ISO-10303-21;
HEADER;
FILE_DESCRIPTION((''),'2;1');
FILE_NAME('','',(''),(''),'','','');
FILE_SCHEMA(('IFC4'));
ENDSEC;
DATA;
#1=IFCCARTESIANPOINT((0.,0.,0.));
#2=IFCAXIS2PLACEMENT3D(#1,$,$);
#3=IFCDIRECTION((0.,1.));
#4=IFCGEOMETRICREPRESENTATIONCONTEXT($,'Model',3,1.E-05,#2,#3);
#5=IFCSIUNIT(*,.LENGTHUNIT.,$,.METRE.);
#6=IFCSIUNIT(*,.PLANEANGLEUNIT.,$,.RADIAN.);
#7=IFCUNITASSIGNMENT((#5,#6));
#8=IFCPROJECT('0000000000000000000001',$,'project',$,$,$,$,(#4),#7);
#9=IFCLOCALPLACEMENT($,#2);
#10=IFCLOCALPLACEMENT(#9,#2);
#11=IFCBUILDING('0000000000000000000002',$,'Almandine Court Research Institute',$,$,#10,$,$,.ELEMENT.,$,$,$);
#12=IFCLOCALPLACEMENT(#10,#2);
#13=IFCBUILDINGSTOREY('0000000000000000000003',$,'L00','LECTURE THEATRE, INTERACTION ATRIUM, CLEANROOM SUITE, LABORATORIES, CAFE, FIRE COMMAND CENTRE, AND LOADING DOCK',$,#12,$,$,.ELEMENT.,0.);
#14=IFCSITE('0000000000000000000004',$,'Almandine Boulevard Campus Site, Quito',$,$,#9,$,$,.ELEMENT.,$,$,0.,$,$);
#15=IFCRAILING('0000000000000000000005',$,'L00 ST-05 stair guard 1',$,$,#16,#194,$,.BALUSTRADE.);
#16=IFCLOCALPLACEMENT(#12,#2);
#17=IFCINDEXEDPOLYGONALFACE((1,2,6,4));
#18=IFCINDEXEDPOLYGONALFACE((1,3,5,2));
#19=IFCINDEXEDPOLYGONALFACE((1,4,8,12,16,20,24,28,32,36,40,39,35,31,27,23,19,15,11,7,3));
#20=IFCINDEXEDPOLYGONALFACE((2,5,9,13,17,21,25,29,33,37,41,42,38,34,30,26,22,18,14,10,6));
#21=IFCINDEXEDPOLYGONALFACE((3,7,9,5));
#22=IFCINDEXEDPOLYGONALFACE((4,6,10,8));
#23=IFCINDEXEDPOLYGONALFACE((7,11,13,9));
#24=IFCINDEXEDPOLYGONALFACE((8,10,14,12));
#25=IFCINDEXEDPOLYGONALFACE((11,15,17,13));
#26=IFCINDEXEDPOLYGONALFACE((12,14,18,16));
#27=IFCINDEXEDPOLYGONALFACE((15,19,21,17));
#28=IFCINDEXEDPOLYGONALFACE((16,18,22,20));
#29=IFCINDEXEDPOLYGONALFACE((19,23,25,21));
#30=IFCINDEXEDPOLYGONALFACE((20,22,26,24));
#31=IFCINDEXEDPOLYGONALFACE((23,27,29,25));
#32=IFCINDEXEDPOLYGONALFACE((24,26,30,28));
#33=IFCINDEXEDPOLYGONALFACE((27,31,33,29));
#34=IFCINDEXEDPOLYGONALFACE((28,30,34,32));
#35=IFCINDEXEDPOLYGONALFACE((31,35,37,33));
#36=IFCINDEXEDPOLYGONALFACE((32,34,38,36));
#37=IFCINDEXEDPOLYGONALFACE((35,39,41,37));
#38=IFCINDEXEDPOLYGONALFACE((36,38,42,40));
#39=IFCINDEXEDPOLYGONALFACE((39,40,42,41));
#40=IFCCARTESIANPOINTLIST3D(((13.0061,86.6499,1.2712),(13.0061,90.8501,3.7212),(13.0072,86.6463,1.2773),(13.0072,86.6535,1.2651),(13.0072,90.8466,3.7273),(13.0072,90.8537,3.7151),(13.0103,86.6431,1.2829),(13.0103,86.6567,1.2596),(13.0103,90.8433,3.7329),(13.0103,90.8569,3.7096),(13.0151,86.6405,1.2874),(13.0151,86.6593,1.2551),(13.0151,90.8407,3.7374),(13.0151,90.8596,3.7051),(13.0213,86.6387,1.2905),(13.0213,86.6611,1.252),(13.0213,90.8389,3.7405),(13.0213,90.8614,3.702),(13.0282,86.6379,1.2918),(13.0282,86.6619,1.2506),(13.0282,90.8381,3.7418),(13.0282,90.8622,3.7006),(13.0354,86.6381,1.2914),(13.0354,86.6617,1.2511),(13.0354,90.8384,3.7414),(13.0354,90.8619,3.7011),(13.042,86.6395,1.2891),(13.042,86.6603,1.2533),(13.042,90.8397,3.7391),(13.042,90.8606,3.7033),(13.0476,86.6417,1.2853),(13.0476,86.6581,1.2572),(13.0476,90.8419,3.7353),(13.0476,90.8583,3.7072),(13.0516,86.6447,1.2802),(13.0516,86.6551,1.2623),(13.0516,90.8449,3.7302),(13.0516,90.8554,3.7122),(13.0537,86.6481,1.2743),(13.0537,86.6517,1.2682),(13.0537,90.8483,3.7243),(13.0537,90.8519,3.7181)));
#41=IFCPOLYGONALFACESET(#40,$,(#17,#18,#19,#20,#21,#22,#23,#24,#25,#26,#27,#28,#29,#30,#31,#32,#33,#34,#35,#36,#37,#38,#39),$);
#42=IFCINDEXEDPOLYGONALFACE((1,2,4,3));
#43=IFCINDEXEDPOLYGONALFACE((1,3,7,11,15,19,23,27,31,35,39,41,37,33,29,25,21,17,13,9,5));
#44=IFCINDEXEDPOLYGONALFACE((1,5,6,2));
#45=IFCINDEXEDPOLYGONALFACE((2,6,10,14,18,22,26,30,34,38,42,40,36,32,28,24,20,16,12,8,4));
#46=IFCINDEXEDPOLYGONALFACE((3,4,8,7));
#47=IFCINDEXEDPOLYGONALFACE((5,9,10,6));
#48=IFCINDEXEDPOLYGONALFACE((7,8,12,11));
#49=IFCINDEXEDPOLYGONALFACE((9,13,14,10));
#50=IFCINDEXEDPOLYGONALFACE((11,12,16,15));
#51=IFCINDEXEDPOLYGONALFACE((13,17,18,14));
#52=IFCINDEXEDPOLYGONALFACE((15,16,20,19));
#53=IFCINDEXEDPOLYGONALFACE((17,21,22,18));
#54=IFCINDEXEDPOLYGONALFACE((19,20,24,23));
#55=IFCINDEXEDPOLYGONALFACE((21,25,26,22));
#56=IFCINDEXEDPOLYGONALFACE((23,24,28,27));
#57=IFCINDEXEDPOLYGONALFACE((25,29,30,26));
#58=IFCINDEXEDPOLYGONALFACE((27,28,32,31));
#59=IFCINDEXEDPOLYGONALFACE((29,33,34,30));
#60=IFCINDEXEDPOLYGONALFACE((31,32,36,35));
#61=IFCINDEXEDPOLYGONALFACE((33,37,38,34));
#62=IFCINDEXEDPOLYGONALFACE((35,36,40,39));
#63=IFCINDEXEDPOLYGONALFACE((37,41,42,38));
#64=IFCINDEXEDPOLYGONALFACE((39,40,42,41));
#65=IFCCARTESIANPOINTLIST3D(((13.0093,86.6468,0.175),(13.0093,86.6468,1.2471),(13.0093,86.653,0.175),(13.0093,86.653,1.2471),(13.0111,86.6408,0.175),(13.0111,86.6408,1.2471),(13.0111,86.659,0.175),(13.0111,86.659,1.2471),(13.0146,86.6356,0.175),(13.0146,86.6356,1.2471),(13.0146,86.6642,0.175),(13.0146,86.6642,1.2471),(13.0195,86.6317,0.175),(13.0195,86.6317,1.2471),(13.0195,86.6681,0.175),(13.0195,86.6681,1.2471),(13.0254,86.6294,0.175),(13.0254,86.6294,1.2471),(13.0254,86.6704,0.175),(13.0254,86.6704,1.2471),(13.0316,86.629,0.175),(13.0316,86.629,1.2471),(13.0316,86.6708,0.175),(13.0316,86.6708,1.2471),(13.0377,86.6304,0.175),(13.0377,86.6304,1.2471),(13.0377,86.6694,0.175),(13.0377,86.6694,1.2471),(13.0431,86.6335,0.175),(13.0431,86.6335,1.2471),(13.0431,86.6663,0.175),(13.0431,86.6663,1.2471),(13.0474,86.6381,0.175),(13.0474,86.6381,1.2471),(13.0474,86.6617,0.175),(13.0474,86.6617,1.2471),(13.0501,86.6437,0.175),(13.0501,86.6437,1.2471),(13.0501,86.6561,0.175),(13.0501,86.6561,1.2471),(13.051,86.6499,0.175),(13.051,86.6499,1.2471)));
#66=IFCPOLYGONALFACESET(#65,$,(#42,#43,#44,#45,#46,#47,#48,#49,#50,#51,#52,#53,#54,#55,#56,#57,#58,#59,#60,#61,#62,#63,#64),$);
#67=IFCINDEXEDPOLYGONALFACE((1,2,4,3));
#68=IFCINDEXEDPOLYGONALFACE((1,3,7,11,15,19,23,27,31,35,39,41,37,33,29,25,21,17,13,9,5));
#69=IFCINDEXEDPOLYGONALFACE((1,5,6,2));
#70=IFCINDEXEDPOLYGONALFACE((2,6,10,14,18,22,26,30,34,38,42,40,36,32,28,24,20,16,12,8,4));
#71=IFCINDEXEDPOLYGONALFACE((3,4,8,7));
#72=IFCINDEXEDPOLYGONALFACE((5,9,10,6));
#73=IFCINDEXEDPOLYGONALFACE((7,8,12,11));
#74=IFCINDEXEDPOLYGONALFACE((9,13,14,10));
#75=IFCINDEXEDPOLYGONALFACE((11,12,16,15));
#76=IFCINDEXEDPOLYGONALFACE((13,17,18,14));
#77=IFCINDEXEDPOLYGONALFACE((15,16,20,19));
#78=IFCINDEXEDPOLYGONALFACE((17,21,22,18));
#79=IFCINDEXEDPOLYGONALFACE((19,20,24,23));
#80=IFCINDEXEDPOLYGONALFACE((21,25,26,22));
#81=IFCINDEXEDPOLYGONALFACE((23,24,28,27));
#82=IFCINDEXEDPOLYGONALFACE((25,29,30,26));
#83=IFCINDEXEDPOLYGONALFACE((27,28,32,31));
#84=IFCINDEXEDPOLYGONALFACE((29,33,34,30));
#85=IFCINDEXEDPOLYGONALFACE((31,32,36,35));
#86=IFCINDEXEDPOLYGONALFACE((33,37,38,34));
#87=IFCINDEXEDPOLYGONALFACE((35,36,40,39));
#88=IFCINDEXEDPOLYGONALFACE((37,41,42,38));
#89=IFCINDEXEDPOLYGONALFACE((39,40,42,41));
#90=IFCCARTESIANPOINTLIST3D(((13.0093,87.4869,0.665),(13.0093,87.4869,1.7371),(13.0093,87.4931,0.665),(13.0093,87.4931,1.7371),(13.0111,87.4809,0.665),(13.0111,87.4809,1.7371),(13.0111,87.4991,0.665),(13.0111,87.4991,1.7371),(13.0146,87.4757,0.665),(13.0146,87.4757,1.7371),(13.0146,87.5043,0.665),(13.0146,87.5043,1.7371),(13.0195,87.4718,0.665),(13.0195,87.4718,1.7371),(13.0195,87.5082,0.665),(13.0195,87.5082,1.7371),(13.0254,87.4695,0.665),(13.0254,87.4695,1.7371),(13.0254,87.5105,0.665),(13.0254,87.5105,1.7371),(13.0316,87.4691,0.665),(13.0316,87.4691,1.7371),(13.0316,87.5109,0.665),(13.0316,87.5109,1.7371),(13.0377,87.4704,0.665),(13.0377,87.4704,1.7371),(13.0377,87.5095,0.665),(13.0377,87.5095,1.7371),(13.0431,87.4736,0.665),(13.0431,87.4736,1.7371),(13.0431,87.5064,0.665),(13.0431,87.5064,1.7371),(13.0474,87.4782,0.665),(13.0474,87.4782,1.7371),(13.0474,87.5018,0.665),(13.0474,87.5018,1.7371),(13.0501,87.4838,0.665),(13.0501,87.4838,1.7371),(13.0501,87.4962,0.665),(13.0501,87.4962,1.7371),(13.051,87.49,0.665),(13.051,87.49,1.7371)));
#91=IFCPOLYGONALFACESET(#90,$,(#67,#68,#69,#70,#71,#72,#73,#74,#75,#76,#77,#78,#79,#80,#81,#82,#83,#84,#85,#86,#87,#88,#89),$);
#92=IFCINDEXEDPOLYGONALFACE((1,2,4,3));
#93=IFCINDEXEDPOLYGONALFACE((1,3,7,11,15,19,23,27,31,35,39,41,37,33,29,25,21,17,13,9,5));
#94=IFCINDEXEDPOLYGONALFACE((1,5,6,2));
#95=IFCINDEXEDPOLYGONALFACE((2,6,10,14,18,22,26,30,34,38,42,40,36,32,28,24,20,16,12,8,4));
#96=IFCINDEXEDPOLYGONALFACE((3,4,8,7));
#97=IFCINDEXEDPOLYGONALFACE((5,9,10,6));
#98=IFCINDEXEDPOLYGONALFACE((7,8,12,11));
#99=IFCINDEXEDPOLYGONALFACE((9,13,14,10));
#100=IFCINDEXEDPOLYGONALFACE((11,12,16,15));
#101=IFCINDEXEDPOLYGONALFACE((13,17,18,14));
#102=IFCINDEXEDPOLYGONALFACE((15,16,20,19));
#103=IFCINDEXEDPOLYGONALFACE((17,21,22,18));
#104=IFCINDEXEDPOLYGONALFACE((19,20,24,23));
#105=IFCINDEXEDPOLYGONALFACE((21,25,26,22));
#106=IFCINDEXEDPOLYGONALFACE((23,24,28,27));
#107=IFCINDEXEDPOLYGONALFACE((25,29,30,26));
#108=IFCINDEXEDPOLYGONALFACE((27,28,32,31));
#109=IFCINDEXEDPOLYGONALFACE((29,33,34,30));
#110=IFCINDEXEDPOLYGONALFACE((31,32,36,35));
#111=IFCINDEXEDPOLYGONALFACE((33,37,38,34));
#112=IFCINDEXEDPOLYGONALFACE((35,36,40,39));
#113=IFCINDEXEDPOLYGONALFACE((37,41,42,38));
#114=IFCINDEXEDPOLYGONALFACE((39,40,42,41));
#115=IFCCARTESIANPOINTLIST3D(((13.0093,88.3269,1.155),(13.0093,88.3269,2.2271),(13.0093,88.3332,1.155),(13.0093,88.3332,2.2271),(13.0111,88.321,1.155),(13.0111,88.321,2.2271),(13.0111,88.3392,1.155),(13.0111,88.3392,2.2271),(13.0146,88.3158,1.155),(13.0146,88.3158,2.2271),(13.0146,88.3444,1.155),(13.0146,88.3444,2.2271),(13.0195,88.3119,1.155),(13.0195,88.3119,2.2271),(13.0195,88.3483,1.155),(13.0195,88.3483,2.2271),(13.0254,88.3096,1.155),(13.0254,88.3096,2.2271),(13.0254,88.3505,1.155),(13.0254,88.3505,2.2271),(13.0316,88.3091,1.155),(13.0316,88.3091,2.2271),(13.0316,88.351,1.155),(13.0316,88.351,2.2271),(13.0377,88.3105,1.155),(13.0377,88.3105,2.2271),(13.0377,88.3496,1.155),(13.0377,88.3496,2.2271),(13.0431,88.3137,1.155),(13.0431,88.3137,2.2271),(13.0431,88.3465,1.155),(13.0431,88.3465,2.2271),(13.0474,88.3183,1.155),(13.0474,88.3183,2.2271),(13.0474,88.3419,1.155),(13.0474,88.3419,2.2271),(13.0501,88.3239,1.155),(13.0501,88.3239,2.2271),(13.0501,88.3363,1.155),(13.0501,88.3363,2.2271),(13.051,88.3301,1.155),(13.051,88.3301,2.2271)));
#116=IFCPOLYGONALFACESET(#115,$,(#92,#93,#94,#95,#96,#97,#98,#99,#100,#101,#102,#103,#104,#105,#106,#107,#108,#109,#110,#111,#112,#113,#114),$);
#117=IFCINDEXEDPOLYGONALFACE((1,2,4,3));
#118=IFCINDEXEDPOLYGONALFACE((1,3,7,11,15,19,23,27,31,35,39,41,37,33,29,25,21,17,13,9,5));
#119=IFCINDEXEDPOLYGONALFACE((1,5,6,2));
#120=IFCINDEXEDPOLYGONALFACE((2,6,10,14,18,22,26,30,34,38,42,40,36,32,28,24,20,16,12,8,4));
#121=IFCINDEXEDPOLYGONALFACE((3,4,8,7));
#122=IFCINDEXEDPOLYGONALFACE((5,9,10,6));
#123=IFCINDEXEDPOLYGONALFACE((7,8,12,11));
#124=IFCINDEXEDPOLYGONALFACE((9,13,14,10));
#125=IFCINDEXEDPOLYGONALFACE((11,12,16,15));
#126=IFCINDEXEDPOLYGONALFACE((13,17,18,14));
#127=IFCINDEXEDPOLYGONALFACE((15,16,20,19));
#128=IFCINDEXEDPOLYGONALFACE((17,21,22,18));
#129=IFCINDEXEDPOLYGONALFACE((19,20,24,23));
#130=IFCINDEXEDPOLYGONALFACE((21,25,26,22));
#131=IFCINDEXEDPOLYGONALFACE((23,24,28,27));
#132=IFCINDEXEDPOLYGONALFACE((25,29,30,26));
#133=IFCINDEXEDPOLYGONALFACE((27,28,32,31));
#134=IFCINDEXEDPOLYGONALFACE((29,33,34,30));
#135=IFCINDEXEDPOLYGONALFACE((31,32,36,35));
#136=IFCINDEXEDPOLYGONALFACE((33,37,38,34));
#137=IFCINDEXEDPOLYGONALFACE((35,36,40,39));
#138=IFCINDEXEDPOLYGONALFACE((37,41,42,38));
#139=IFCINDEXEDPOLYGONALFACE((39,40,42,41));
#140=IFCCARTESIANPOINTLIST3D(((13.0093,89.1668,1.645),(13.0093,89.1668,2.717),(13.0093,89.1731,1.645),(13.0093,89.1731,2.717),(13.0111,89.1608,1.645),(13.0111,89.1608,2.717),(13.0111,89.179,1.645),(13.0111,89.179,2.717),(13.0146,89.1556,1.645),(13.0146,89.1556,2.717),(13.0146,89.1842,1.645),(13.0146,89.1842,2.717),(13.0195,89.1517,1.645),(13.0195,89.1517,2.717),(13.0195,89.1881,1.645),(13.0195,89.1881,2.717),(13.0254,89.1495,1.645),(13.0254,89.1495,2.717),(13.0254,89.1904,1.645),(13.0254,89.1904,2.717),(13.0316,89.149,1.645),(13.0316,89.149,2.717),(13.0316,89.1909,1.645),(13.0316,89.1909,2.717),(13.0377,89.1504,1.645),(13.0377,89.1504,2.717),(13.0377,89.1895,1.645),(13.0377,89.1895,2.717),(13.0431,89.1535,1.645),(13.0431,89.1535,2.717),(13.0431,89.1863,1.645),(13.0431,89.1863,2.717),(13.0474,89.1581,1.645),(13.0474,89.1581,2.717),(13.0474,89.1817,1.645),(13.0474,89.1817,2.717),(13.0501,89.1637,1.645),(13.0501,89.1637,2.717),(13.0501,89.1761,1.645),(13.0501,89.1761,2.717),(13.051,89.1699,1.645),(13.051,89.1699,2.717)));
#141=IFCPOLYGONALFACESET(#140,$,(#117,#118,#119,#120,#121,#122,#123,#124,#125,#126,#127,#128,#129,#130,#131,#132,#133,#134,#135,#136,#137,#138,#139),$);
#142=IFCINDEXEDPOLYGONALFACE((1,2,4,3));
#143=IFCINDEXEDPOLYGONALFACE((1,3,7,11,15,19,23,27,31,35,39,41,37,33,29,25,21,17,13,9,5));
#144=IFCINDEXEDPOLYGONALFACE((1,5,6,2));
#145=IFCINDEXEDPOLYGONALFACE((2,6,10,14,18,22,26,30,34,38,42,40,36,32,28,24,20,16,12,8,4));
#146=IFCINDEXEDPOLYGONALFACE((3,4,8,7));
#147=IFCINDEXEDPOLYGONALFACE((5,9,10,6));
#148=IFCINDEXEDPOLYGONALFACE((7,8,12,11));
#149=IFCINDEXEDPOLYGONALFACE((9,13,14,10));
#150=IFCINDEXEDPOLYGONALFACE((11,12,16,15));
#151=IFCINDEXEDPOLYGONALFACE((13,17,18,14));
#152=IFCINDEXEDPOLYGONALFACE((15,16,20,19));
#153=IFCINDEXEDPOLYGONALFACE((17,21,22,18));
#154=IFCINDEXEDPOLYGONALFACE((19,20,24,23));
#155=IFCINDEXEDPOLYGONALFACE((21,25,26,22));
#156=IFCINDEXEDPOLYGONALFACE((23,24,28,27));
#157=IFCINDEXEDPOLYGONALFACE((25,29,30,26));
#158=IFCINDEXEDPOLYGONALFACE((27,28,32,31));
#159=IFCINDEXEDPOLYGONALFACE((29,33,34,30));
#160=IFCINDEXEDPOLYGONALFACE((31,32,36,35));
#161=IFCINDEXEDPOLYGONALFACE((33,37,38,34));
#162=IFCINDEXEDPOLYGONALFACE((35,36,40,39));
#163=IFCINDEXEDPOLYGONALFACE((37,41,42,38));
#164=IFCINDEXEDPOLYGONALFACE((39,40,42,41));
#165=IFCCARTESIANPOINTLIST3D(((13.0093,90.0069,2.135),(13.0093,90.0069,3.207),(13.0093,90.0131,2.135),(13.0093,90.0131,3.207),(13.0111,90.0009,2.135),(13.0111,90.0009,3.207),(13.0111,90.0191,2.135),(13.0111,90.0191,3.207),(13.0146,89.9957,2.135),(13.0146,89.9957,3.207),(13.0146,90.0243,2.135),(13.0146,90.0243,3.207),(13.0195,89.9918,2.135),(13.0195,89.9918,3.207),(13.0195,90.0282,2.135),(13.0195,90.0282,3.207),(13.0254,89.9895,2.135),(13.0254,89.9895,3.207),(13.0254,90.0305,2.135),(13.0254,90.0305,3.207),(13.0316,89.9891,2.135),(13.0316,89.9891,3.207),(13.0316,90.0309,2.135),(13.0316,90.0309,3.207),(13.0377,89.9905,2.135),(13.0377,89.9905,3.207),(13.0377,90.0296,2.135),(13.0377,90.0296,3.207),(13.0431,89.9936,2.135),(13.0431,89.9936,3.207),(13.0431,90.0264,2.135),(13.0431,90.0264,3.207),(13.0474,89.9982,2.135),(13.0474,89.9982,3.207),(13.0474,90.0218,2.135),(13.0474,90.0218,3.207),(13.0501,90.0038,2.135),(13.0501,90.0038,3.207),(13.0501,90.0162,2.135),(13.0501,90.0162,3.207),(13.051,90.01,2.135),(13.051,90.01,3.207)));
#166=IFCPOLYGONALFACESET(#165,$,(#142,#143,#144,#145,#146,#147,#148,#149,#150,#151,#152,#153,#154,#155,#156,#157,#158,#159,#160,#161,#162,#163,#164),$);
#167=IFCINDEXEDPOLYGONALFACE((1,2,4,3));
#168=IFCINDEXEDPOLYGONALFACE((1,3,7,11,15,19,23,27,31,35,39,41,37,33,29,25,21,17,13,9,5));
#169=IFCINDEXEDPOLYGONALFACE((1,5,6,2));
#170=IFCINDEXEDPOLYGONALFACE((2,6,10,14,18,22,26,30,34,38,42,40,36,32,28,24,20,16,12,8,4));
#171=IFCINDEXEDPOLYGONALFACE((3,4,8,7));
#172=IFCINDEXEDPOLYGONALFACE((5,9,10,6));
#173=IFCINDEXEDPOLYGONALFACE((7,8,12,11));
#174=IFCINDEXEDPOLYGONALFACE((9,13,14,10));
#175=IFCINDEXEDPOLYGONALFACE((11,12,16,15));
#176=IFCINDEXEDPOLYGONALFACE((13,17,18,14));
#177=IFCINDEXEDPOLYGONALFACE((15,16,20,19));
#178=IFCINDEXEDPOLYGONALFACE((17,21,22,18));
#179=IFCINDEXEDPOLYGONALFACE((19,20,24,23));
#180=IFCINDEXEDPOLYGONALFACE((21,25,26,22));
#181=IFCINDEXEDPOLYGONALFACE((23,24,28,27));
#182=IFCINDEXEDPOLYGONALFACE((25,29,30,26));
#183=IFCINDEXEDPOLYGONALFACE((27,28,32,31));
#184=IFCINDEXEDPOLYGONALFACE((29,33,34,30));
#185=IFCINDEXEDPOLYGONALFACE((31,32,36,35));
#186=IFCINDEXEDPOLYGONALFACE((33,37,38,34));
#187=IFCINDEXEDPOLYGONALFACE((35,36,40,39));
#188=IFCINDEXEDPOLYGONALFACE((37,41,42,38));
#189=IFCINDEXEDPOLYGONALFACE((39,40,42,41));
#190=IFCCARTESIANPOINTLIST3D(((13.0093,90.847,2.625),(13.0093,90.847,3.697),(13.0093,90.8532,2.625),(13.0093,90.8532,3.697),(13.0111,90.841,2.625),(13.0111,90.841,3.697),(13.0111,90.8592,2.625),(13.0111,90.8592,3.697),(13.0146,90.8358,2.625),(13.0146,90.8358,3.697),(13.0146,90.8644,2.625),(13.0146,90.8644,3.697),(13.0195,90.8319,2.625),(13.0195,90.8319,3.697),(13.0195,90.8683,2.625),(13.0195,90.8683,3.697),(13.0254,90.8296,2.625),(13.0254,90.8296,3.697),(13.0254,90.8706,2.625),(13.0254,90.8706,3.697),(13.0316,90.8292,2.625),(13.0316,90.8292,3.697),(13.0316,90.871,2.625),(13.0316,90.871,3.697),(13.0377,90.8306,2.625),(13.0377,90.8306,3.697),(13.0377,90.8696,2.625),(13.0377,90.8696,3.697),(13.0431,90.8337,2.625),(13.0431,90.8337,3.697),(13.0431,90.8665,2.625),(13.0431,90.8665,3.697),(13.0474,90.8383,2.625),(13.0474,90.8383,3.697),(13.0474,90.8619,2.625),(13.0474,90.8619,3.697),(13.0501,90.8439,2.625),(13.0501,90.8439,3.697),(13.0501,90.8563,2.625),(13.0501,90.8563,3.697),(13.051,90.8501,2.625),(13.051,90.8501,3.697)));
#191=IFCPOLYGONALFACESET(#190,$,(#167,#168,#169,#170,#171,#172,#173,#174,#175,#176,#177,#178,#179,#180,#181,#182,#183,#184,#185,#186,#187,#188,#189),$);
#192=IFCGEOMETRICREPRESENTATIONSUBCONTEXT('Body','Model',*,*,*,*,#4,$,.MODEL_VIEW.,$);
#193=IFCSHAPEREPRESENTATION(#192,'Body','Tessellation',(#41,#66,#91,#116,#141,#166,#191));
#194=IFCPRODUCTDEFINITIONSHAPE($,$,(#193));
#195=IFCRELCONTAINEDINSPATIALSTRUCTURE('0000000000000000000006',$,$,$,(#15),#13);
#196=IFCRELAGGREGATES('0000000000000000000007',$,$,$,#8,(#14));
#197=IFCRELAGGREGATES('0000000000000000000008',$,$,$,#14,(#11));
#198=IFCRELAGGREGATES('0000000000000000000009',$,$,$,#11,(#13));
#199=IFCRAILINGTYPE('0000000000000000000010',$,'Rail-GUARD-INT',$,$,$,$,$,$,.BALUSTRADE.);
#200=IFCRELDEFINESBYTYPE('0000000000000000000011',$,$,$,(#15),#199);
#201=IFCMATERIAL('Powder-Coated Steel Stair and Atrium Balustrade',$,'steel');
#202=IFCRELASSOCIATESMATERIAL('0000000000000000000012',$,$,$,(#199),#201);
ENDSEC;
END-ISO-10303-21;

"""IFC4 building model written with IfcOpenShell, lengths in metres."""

from ifc_helpers import new_model, si_unit, direction, frame, origin, origin_2d, place, context, subcontext, project, spatial, circle, extrude, material, type_object, element, save


model = new_model("IFC4")

# Units and contexts
model_context = context("Model", 3, precision=1e-05, world=origin(), true_north=direction((0.0, 1.0)))
body_context = subcontext(model_context, "Body", "Model", "MODEL_VIEW")
ifc_project = project(units=[si_unit("LENGTHUNIT", "METRE"), si_unit("PLANEANGLEUNIT", "RADIAN")], contexts=[model_context])

# Site, building, storey
site_placement = place(None, origin())
site = spatial("IfcSite", under=ifc_project, at=site_placement, Name="Almandine Boulevard Campus Site, Quito", CompositionType="ELEMENT", RefElevation=0.0)
building_placement = place(site_placement, origin())
building = spatial("IfcBuilding", under=site, at=building_placement, Name="Almandine Court Research Institute", CompositionType="ELEMENT")
storey_placement = place(building_placement, origin())
storey = spatial("IfcBuildingStorey", under=building, at=storey_placement, Name="L00", Description="LECTURE THEATRE, INTERACTION ATRIUM, CLEANROOM SUITE, LABORATORIES, CAFE, FIRE COMMAND CENTRE, AND LOADING DOCK", CompositionType="ELEMENT", Elevation=0.0)

# Railing
ifc_material_1 = material(Name="Powder-Coated Steel Stair and Atrium Balustrade", Category="steel")
railing_type_1 = type_object("IfcRailingType", Name="Rail-GUARD-INT", PredefinedType="BALUSTRADE", material=ifc_material_1)
railing_1_placement = place(storey_placement, frame((13.03, 86.6499, 0.175)))
element("IfcRailing", 1, at=railing_1_placement, inside=storey, type_object=railing_type_1, Name="L00 ST-05 stair guard 1", PredefinedType="BALUSTRADE", context=body_context, shape_type="SweptSolid", body=[
    extrude(circle(Radius=0.0239, at=origin_2d()), frame((0.0, 0.0, 1.0962), z_axis=(0.0, 0.863793, 0.503846), x_axis=(-1.0, 0.0, 0.0)), (0.0, 0.0, 1.0), 4.8625),
    extrude(circle(Radius=0.021, at=origin_2d()), origin(), (0.0, 0.0, 1.0), 1.072),
    extrude(circle(Radius=0.021, at=origin_2d()), frame((0.0, 0.8401, 0.49)), (0.0, 0.0, 1.0), 1.072),
    extrude(circle(Radius=0.021, at=origin_2d()), frame((0.0, 1.6802, 0.98)), (0.0, 0.0, 1.0), 1.072),
    extrude(circle(Radius=0.021, at=origin_2d()), frame((0.0, 2.52, 1.47)), (0.0, 0.0, 1.0), 1.072),
    extrude(circle(Radius=0.021, at=origin_2d()), frame((0.0, 3.3601, 1.96)), (0.0, 0.0, 1.0), 1.072),
    extrude(circle(Radius=0.021, at=origin_2d()), frame((0.0, 4.2002, 2.45)), (0.0, 0.0, 1.0), 1.072),
])

save(model, "model.ifc")
